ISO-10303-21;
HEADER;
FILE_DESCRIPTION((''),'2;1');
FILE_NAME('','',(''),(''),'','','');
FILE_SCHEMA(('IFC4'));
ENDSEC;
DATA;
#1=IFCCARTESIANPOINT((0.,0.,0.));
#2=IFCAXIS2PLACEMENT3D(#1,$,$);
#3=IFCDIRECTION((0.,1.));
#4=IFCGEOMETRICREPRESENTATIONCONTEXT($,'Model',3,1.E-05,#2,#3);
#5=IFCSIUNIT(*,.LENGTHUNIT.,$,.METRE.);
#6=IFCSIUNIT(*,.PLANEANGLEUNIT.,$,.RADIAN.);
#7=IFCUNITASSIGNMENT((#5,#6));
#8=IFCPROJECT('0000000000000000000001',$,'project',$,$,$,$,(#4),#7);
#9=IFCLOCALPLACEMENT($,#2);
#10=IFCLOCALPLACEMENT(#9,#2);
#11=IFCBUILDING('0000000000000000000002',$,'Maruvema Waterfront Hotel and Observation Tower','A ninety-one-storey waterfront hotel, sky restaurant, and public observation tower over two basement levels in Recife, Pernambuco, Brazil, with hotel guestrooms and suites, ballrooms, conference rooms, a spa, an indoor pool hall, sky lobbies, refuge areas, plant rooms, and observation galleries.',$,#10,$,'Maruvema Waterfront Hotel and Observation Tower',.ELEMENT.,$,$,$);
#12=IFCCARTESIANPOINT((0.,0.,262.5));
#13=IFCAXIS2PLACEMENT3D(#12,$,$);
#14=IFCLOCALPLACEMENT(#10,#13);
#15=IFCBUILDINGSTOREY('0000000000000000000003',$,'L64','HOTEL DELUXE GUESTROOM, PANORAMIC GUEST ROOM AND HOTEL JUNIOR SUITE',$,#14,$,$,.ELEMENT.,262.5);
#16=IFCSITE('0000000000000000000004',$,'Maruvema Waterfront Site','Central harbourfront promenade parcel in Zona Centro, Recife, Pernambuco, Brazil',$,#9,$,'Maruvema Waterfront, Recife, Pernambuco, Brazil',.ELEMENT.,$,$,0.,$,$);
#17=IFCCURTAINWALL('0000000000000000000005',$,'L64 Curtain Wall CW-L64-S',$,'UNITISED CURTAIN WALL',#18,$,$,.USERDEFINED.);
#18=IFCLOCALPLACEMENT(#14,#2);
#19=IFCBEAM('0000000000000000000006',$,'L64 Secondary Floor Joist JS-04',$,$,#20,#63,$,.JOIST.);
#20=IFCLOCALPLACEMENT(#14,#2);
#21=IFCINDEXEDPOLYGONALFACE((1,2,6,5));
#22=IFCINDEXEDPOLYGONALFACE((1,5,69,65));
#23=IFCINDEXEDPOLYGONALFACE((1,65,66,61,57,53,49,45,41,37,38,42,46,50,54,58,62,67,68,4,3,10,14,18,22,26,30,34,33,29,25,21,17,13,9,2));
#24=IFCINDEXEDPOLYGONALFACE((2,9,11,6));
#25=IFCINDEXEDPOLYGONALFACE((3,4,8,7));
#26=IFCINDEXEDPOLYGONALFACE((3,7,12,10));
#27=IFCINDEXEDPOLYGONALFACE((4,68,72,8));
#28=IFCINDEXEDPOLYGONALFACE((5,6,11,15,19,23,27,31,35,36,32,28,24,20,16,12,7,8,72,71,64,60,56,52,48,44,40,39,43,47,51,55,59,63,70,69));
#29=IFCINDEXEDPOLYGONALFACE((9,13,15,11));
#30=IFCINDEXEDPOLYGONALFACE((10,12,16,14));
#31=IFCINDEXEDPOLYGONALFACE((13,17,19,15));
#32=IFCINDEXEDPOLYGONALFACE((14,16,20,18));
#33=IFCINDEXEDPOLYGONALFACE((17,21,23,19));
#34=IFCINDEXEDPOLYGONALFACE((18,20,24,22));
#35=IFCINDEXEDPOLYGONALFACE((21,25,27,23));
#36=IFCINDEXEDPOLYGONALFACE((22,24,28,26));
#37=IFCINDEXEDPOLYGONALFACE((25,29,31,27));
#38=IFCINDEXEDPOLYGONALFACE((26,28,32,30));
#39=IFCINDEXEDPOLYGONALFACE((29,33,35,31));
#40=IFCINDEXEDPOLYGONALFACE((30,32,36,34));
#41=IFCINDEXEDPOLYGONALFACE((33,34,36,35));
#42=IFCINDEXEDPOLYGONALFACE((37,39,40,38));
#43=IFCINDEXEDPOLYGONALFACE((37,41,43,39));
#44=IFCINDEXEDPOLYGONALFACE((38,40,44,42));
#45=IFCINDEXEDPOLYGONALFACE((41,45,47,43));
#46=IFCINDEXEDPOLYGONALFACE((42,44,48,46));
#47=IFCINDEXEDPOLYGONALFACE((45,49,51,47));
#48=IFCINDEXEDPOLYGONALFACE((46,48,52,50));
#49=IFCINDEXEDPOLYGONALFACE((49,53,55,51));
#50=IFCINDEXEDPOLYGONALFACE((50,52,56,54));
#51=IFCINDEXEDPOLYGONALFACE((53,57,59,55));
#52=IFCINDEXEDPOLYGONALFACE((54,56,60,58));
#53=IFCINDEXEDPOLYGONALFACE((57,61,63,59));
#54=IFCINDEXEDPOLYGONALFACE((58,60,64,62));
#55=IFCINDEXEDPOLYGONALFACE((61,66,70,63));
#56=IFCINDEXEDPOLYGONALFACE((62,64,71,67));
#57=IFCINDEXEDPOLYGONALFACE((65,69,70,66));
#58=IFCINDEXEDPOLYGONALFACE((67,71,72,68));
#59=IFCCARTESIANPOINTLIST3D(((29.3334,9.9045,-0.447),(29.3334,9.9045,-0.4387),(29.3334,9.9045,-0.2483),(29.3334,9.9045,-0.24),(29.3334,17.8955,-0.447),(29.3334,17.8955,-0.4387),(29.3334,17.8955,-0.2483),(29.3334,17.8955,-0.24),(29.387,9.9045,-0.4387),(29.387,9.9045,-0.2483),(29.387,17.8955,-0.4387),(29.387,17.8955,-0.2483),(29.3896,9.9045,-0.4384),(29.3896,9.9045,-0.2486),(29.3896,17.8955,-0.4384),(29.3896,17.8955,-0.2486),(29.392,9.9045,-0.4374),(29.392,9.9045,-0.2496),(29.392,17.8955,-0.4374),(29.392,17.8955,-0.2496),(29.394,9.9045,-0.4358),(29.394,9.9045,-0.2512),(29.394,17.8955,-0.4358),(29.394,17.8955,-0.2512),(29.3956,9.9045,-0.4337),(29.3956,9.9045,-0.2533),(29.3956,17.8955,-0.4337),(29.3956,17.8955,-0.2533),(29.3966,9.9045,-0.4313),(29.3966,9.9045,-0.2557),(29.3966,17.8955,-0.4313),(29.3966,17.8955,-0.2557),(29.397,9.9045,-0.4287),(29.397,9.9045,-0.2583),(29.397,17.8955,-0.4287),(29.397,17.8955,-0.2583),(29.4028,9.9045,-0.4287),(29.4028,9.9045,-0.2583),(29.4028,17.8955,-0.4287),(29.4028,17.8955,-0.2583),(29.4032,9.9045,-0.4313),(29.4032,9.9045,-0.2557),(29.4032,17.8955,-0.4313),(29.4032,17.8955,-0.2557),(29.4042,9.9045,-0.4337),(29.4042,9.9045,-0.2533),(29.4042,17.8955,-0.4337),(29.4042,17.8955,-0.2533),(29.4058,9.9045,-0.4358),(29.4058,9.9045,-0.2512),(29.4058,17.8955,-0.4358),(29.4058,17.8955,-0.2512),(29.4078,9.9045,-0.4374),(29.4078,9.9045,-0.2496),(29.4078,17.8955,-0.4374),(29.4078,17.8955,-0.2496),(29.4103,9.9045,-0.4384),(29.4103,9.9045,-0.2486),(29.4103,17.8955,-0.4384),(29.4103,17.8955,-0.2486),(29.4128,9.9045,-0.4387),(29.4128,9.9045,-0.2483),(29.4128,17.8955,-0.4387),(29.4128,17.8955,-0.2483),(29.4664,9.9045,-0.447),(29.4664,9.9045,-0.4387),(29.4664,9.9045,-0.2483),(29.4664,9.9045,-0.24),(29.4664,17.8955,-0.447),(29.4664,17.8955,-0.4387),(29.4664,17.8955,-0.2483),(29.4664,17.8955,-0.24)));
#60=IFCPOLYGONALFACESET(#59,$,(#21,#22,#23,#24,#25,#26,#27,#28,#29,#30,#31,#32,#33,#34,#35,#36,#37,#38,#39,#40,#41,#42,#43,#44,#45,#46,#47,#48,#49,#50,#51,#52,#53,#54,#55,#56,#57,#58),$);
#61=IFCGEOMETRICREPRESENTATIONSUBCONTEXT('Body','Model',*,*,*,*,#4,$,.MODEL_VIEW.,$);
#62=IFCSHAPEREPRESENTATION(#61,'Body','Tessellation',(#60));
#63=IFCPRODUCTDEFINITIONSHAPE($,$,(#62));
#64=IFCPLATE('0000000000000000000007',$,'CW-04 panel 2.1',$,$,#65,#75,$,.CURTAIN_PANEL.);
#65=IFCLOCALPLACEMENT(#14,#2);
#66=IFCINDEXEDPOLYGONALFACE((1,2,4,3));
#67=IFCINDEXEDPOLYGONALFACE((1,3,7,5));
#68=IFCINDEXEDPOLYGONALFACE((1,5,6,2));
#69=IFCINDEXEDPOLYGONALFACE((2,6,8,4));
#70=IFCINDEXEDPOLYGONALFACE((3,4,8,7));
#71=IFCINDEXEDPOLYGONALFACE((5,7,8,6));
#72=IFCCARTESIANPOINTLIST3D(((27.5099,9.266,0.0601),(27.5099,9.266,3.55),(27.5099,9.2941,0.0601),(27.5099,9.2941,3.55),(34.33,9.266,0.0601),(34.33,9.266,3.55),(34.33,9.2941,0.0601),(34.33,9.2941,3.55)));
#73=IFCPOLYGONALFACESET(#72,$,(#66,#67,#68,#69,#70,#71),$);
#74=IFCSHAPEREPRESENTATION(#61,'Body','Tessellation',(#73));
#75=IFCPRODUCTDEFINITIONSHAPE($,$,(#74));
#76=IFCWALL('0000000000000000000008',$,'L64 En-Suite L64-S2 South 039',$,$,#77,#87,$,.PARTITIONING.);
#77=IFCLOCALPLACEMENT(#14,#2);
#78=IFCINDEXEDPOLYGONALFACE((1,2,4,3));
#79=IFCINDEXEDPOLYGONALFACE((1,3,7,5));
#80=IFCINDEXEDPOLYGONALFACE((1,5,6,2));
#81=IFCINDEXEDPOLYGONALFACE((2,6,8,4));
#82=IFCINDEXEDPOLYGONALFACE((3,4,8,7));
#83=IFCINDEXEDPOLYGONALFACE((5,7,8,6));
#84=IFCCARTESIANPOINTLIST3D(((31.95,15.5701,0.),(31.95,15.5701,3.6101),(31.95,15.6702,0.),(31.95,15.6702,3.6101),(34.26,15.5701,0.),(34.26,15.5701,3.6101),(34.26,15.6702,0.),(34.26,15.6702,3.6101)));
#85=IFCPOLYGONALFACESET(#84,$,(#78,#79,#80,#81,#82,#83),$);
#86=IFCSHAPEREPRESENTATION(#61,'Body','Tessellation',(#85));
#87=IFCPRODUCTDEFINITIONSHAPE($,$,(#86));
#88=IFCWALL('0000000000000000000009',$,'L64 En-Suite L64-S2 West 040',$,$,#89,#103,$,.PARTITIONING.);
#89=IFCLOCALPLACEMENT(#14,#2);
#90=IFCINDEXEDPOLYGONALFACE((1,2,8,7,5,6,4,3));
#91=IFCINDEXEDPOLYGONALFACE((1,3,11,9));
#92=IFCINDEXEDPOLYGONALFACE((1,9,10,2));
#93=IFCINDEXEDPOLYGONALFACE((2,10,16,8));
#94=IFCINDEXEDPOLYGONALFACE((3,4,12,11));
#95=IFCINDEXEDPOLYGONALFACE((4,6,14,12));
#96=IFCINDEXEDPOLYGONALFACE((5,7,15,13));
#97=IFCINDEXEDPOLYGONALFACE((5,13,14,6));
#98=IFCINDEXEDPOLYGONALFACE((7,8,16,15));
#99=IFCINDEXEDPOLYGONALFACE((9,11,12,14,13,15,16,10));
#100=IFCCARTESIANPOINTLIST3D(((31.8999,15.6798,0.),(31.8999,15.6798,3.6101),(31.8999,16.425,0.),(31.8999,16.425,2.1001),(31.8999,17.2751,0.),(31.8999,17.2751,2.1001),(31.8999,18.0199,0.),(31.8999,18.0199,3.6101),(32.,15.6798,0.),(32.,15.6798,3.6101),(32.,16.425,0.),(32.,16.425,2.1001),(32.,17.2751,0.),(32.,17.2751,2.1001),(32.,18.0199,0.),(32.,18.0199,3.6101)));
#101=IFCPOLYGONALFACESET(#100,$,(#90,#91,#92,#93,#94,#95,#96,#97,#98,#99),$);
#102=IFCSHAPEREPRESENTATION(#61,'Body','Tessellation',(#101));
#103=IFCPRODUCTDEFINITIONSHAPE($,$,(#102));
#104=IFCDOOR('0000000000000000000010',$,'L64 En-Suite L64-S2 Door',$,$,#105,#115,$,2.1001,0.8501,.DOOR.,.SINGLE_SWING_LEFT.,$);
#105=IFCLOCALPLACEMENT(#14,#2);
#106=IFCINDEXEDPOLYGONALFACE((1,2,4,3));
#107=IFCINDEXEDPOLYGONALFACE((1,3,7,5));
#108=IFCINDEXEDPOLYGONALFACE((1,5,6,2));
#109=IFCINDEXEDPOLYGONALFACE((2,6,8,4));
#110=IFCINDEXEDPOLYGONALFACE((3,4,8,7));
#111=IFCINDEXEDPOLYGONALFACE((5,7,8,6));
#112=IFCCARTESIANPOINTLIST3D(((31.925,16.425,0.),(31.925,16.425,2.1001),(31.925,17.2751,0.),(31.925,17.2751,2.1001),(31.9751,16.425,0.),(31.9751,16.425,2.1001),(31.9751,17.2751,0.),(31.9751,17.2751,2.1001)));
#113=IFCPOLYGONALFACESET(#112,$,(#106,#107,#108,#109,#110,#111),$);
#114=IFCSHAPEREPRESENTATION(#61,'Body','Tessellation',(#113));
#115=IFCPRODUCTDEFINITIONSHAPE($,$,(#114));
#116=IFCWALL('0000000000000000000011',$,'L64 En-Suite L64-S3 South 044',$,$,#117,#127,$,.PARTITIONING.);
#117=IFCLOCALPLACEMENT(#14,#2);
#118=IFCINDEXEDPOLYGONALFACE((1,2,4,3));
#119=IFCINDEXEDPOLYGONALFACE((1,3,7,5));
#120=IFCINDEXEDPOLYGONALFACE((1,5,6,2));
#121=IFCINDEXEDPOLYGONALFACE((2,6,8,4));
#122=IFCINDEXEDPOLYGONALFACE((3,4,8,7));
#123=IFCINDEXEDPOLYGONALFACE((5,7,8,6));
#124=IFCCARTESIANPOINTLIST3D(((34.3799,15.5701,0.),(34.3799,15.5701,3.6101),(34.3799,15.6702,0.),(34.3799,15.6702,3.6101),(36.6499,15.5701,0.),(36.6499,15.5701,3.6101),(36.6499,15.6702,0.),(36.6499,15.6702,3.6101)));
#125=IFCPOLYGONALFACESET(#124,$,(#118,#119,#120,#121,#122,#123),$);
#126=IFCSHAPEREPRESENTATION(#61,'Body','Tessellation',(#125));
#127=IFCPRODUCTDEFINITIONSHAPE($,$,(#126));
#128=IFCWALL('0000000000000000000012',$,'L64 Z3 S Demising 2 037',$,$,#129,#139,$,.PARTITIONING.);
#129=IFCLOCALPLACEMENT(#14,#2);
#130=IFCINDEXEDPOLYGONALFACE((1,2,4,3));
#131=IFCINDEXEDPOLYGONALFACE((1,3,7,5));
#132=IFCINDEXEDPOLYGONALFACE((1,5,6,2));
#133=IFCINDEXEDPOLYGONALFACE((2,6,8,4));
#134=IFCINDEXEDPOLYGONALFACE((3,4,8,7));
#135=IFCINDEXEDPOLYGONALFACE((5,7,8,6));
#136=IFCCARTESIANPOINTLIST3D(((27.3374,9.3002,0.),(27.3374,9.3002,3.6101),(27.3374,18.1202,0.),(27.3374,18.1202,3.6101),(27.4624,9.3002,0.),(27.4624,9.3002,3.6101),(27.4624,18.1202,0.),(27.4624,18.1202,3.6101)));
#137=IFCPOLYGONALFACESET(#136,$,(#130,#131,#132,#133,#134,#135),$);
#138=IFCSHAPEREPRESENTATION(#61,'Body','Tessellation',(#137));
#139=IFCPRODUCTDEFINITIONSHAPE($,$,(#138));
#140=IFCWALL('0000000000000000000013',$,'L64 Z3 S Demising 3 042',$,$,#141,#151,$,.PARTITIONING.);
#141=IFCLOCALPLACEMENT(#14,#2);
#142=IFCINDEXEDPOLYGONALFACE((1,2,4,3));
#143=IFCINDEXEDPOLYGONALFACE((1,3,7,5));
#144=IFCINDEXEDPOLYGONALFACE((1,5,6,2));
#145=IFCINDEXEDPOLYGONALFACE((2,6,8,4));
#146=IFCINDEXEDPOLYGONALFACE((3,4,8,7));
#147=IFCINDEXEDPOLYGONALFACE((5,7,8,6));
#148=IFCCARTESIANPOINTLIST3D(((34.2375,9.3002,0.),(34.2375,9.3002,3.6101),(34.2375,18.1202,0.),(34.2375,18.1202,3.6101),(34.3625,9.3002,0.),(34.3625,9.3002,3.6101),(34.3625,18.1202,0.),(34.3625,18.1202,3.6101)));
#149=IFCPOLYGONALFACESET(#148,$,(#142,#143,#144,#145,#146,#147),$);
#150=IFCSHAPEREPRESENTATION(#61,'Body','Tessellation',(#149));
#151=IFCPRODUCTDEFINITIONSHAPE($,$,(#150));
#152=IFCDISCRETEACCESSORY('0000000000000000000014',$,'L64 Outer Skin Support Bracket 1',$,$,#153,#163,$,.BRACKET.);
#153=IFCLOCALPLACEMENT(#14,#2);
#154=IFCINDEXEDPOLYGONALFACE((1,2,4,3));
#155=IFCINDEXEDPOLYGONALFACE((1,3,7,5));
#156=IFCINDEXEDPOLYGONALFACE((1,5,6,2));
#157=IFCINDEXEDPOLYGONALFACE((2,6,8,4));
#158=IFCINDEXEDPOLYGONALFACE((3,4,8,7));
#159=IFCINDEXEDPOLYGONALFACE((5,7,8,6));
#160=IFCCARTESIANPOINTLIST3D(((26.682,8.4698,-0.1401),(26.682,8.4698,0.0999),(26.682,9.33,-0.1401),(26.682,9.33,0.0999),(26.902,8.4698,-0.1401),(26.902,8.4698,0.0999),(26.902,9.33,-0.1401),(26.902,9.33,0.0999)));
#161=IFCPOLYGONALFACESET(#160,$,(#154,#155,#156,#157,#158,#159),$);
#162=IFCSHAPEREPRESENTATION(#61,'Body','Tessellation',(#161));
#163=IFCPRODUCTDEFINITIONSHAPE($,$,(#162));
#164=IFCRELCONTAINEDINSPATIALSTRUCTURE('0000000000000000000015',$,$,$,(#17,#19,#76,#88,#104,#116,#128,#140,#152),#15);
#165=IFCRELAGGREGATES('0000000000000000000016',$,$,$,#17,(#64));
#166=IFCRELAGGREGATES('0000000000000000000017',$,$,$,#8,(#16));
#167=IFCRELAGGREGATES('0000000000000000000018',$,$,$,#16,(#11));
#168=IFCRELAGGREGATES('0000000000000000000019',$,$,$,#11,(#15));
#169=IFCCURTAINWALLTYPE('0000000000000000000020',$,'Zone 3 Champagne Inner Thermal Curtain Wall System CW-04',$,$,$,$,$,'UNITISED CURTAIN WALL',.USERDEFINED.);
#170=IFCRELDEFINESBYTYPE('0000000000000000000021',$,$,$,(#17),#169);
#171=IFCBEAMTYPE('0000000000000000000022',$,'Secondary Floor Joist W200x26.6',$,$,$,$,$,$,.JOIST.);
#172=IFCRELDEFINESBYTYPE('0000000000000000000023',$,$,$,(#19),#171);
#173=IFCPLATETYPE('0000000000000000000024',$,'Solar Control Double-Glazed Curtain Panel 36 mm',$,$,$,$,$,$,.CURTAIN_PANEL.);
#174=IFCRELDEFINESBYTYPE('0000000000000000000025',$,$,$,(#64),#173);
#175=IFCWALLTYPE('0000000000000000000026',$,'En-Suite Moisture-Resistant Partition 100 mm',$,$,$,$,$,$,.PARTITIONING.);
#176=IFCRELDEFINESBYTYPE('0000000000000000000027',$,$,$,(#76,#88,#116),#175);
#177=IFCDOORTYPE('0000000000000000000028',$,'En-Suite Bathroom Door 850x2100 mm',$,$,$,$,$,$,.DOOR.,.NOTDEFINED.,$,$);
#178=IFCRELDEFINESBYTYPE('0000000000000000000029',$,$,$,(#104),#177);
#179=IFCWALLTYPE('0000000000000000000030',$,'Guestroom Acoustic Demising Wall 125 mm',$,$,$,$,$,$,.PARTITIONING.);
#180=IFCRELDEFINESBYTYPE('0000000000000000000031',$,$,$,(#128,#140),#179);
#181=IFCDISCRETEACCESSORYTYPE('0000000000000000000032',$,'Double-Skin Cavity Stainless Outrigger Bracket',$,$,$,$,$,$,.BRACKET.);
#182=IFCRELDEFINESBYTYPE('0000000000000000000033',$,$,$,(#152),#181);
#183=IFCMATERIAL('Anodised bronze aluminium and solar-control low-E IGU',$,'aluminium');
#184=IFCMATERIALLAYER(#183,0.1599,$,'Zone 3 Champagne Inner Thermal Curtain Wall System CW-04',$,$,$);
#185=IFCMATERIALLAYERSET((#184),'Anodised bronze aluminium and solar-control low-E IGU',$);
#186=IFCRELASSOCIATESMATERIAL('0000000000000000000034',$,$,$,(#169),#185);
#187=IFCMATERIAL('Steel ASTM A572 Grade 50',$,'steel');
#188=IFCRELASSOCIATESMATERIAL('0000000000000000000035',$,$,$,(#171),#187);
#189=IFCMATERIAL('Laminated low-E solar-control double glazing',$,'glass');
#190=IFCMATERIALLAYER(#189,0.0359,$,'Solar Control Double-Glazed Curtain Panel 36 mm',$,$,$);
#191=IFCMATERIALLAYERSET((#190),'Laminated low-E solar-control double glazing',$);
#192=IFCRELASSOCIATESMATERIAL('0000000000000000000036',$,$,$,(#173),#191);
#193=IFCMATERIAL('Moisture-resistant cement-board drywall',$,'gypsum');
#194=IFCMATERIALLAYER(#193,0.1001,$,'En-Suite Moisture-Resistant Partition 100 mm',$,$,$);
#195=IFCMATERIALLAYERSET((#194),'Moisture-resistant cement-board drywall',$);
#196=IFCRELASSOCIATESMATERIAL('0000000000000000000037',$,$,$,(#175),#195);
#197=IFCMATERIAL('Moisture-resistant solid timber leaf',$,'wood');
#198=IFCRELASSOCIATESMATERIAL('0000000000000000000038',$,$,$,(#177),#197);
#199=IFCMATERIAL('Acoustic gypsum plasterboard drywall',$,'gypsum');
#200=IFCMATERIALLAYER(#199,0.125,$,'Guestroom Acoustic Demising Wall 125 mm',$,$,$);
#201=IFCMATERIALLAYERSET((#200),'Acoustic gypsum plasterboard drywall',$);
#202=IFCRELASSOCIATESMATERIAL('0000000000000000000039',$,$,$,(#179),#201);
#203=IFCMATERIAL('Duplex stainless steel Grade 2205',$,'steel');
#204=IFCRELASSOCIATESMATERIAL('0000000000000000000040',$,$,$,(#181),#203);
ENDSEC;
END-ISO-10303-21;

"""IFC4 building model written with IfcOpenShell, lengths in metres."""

from ifc_helpers import new_model, si_unit, direction, frame, frame_2d, origin, origin_2d, place, context, subcontext, project, spatial, rectangle, i_section, extrude, material, layer, layer_set, material_profile, profile_set, type_object, element, fill, aggregate, save


model = new_model("IFC4")

# Units and contexts
model_context = context("Model", 3, precision=1e-05, world=origin(), true_north=direction((0.0, 1.0)))
body_context = subcontext(model_context, "Body", "Model", "MODEL_VIEW")
ifc_project = project(units=[si_unit("LENGTHUNIT", "METRE"), si_unit("PLANEANGLEUNIT", "RADIAN")], contexts=[model_context])

# Site, building, storey
site_placement = place(None, origin())
site = spatial("IfcSite", under=ifc_project, at=site_placement, Name="Maruvema Waterfront Site", Description="Central harbourfront promenade parcel in Zona Centro, Recife, Pernambuco, Brazil", LongName="Maruvema Waterfront, Recife, Pernambuco, Brazil", CompositionType="ELEMENT", RefElevation=0.0)
building_placement = place(site_placement, origin())
building = spatial("IfcBuilding", under=site, at=building_placement, Name="Maruvema Waterfront Hotel and Observation Tower", Description="A ninety-one-storey waterfront hotel, sky restaurant, and public observation tower over two basement levels in Recife, Pernambuco, Brazil, with hotel guestrooms and suites, ballrooms, conference rooms, a spa, an indoor pool hall, sky lobbies, refuge areas, plant rooms, and observation galleries.", LongName="Maruvema Waterfront Hotel and Observation Tower", CompositionType="ELEMENT")
storey_placement = place(building_placement, frame((0.0, 0.0, 262.5)))
storey = spatial("IfcBuildingStorey", under=building, at=storey_placement, Name="L64", Description="HOTEL DELUXE GUESTROOM, PANORAMIC GUEST ROOM AND HOTEL JUNIOR SUITE", CompositionType="ELEMENT", Elevation=262.5)

# Curtain wall
ifc_material_1 = material(Name="Anodised bronze aluminium and solar-control low-E IGU", Category="aluminium")
ifc_layer_1 = layer(ifc_material_1, 0.1599, Name="Zone 3 Champagne Inner Thermal Curtain Wall System CW-04")
ifc_layer_set_1 = layer_set([ifc_layer_1], Name="Anodised bronze aluminium and solar-control low-E IGU")
curtain_wall_type = type_object("IfcCurtainWallType", Name="Zone 3 Champagne Inner Thermal Curtain Wall System CW-04", ElementType="UNITISED CURTAIN WALL", PredefinedType="USERDEFINED", material=ifc_layer_set_1)
curtain_wall_placement = place(storey_placement, origin())
curtain_wall = element("IfcCurtainWall", 1, at=curtain_wall_placement, inside=storey, type_object=curtain_wall_type, Name="L64 Curtain Wall CW-L64-S", ObjectType="UNITISED CURTAIN WALL", PredefinedType="USERDEFINED")

# Beam
ifc_material_2 = material(Name="Steel ASTM A572 Grade 50", Category="steel")
ifc_material_profile_1 = material_profile(ifc_material_2, i_section(OverallWidth=0.1331, OverallDepth=0.207, WebThickness=0.0059, FlangeThickness=0.0083, FilletRadius=0.01, at=origin_2d()), Name="W200x26.6")
ifc_profile_set_1 = profile_set([ifc_material_profile_1], Name="Steel ASTM A572 Grade 50")
beam_type_1 = type_object("IfcBeamType", Name="Secondary Floor Joist W200x26.6", PredefinedType="JOIST", material=ifc_profile_set_1)
beam_1_placement = place(storey_placement, frame((29.3999, 9.9045, -0.3435), z_axis=(0.0, 1.0, 0.0), x_axis=(-1.0, 0.0, 0.0)))
element("IfcBeam", 2, at=beam_1_placement, inside=storey, type_object=beam_type_1, Name="L64 Secondary Floor Joist JS-04", PredefinedType="JOIST", context=body_context, shape_type="SweptSolid", body=[
    extrude(i_section(OverallWidth=0.1331, OverallDepth=0.207, WebThickness=0.0059, FlangeThickness=0.0083, FilletRadius=0.01, at=origin_2d()), origin(), (0.0, 0.0, 1.0), 7.991),
])

# Plate
ifc_material_3 = material(Name="Laminated low-E solar-control double glazing", Category="glass")
ifc_layer_2 = layer(ifc_material_3, 0.0359, Name="Solar Control Double-Glazed Curtain Panel 36 mm")
ifc_layer_set_2 = layer_set([ifc_layer_2], Name="Laminated low-E solar-control double glazing")
plate_type = type_object("IfcPlateType", Name="Solar Control Double-Glazed Curtain Panel 36 mm", PredefinedType="CURTAIN_PANEL", material=ifc_layer_set_2)
plate_placement = place(storey_placement, frame((30.9199, 9.28, 0.0601), z_axis=(0.0, 0.0, 1.0), x_axis=(1.0, 0.0, 0.0)))
plate = element("IfcPlate", 3, at=plate_placement, type_object=plate_type, Name="CW-04 panel 2.1", PredefinedType="CURTAIN_PANEL", context=body_context, shape_type="SweptSolid", body=[
    extrude(rectangle(XDim=6.8201, YDim=0.0281, at=origin_2d()), origin(), (0.0, 0.0, 1.0), 3.49),
])
aggregate(curtain_wall, [plate])

# Wall
ifc_material_4 = material(Name="Moisture-resistant cement-board drywall", Category="gypsum")
ifc_layer_3 = layer(ifc_material_4, 0.1001, Name="En-Suite Moisture-Resistant Partition 100 mm")
ifc_layer_set_3 = layer_set([ifc_layer_3], Name="Moisture-resistant cement-board drywall")
wall_type_1 = type_object("IfcWallType", Name="En-Suite Moisture-Resistant Partition 100 mm", PredefinedType="PARTITIONING", material=ifc_layer_set_3)
wall_1_placement = place(storey_placement, frame((31.95, 15.6201, 0.0), z_axis=(0.0, 0.0, 1.0), x_axis=(1.0, 0.0, 0.0)))
element("IfcWall", 4, at=wall_1_placement, inside=storey, type_object=wall_type_1, Name="L64 En-Suite L64-S2 South 039", PredefinedType="PARTITIONING", context=body_context, shape_type="SweptSolid", body=[
    extrude(rectangle(XDim=2.3101, YDim=0.1001, at=frame_2d((1.155, 0.0))), origin(), (0.0, 0.0, 1.0), 3.6101),
])

# Wall, opening, door
wall_2_placement = place(storey_placement, frame((31.95, 15.6799, 0.0), z_axis=(0.0, 0.0, 1.0), x_axis=(0.0, 1.0, 0.0)))
wall_2 = element("IfcWall", 5, at=wall_2_placement, inside=storey, type_object=wall_type_1, Name="L64 En-Suite L64-S2 West 040", PredefinedType="PARTITIONING", context=body_context, shape_type="SweptSolid", body=[
    extrude(rectangle(XDim=2.3401, YDim=0.1001, at=frame_2d((1.1699, 0.0))), origin(), (0.0, 0.0, 1.0), 3.6101),
])
opening_placement = place(wall_2_placement, frame((0.7451, 0.0, 0.0)))
opening = element("IfcOpeningElement", 6, at=opening_placement, cuts=wall_2, PredefinedType="OPENING", context=body_context, shape_type="SweptSolid", body=[
    extrude(rectangle(XDim=0.8501, YDim=2.1001, at=frame_2d((0.425, 1.05))), frame((0.0, 0.0601, 0.0), z_axis=(0.0, -1.0, 0.0), x_axis=(1.0, 0.0, 0.0)), (0.0, 0.0, 1.0), 0.1201),
])
ifc_material_5 = material(Name="Moisture-resistant solid timber leaf", Category="wood")
door_type = type_object("IfcDoorType", Name="En-Suite Bathroom Door 850x2100 mm", OperationType="NOTDEFINED", PredefinedType="DOOR", material=ifc_material_5)
door_placement = place(opening_placement, origin())
door = element("IfcDoor", 7, at=door_placement, inside=storey, type_object=door_type, Name="L64 En-Suite L64-S2 Door", OperationType="SINGLE_SWING_LEFT", OverallHeight=2.1001, OverallWidth=0.8501, PredefinedType="DOOR", context=body_context, shape_type="SweptSolid", body=[
    extrude(rectangle(XDim=0.8501, YDim=2.1001, at=frame_2d((0.425, 1.05))), frame((0.0, 0.0249, 0.0), z_axis=(0.0, -1.0, 0.0), x_axis=(1.0, 0.0, 0.0)), (0.0, 0.0, 1.0), 0.05),
])
fill(opening, door)

# Walls
wall_3_placement = place(storey_placement, frame((34.3799, 15.6201, 0.0), z_axis=(0.0, 0.0, 1.0), x_axis=(1.0, 0.0, 0.0)))
element("IfcWall", 8, at=wall_3_placement, inside=storey, type_object=wall_type_1, Name="L64 En-Suite L64-S3 South 044", PredefinedType="PARTITIONING", context=body_context, shape_type="SweptSolid", body=[
    extrude(rectangle(XDim=2.27, YDim=0.1001, at=frame_2d((1.135, 0.0))), origin(), (0.0, 0.0, 1.0), 3.6101),
])
ifc_material_6 = material(Name="Acoustic gypsum plasterboard drywall", Category="gypsum")
ifc_layer_4 = layer(ifc_material_6, 0.125, Name="Guestroom Acoustic Demising Wall 125 mm")
ifc_layer_set_4 = layer_set([ifc_layer_4], Name="Acoustic gypsum plasterboard drywall")
wall_type_2 = type_object("IfcWallType", Name="Guestroom Acoustic Demising Wall 125 mm", PredefinedType="PARTITIONING", material=ifc_layer_set_4)
for number, where, z_axis, x_axis, name in (
    (9, (27.3999, 9.3, 0.0), (0.0, 0.0, 1.0), (0.0, 1.0, 0.0), "L64 Z3 S Demising 2 037"),
    (10, (34.3, 9.3, 0.0), (0.0, 0.0, 1.0), (0.0, 1.0, 0.0), "L64 Z3 S Demising 3 042"),
):
    element("IfcWall", number, at=place(storey_placement, frame(where, z_axis=z_axis, x_axis=x_axis)), inside=storey, type_object=wall_type_2, Name=name, PredefinedType="PARTITIONING", context=body_context, shape_type="SweptSolid", body=[
        extrude(rectangle(XDim=8.8201, YDim=0.125, at=frame_2d((4.4102, 0.0))), origin(), (0.0, 0.0, 1.0), 3.6101),
    ])

# Discrete accessory
ifc_material_7 = material(Name="Duplex stainless steel Grade 2205", Category="steel")
discrete_accessory_type = type_object("IfcDiscreteAccessoryType", Name="Double-Skin Cavity Stainless Outrigger Bracket", PredefinedType="BRACKET", material=ifc_material_7)
discrete_accessory_placement = place(storey_placement, frame((26.792, 8.8999, -0.1401), z_axis=(0.0, 0.0, 1.0), x_axis=(1.0, 0.0, 0.0)))
element("IfcDiscreteAccessory", 11, at=discrete_accessory_placement, inside=storey, type_object=discrete_accessory_type, Name="L64 Outer Skin Support Bracket 1", PredefinedType="BRACKET", context=body_context, shape_type="SweptSolid", body=[
    extrude(rectangle(XDim=0.22, YDim=0.8601, at=origin_2d()), origin(), (0.0, 0.0, 1.0), 0.24),
])

save(model, "model.ifc")
